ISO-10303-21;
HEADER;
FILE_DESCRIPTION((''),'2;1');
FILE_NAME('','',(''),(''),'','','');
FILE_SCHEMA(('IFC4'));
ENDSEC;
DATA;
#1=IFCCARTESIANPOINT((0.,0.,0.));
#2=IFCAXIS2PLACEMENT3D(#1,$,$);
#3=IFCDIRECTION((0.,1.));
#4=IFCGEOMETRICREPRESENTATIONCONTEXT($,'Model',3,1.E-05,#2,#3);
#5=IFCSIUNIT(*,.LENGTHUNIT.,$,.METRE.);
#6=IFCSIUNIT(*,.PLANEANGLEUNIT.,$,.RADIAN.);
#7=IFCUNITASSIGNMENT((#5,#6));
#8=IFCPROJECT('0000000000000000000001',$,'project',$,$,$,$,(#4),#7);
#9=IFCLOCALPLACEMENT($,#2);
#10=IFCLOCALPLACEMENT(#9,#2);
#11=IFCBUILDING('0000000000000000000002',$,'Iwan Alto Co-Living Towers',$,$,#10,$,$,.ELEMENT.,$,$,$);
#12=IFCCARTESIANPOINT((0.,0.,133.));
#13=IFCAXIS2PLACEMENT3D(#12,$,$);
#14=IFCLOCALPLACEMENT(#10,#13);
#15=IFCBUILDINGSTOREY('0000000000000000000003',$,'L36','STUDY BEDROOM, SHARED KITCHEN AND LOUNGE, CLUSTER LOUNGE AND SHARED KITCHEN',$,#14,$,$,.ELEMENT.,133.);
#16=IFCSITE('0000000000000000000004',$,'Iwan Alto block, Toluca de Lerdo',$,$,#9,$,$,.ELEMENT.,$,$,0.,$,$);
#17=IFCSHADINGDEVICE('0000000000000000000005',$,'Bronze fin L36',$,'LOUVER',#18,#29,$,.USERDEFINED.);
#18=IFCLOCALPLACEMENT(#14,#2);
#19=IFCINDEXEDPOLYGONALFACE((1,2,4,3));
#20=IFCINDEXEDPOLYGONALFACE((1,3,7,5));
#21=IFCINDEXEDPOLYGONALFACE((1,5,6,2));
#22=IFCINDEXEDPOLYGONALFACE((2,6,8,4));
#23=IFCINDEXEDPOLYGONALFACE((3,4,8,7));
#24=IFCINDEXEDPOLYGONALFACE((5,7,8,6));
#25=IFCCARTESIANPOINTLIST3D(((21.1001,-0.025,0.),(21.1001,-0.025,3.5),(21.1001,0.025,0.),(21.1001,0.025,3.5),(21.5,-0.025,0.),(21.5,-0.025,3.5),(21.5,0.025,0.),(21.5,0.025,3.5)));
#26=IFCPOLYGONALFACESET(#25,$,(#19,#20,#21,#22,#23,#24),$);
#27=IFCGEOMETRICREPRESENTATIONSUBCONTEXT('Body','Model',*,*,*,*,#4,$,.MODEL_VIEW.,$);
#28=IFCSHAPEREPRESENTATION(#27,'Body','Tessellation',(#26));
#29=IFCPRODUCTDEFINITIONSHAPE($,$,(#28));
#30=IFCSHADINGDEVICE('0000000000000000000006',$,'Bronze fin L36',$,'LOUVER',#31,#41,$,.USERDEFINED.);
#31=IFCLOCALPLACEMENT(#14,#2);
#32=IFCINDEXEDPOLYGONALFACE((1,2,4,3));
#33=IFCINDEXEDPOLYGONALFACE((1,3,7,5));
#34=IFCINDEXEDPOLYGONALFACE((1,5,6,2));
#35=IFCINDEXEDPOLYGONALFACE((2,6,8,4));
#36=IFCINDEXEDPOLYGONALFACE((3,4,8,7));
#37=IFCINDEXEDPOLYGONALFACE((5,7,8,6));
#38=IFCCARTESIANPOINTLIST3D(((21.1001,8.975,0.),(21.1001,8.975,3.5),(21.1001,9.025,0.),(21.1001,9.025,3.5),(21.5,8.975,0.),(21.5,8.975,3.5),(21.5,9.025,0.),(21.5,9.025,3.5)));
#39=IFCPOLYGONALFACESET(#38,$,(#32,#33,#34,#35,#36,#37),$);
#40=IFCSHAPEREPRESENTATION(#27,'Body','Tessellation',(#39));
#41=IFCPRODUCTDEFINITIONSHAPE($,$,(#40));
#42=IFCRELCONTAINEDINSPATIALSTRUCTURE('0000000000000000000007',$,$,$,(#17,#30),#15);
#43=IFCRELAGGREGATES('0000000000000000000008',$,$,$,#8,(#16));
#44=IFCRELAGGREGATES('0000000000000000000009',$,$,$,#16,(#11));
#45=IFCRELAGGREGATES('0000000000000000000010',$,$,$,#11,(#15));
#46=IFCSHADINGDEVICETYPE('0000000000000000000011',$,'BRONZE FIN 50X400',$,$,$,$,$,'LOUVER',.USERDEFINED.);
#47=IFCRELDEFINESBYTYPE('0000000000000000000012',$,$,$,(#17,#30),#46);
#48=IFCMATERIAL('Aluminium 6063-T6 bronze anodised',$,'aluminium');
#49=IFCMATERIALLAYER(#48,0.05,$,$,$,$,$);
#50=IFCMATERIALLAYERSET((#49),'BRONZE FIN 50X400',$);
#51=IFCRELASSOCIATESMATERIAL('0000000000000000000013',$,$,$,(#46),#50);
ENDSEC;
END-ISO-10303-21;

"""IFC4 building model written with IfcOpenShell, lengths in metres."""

from ifc_helpers import new_model, si_unit, direction, frame, origin, origin_2d, place, context, subcontext, project, spatial, rectangle, extrude, material, layer, layer_set, type_object, element, save


model = new_model("IFC4")

# Units and contexts
model_context = context("Model", 3, precision=1e-05, world=origin(), true_north=direction((0.0, 1.0)))
body_context = subcontext(model_context, "Body", "Model", "MODEL_VIEW")
ifc_project = project(units=[si_unit("LENGTHUNIT", "METRE"), si_unit("PLANEANGLEUNIT", "RADIAN")], contexts=[model_context])

# Site, building, storey
site_placement = place(None, origin())
site = spatial("IfcSite", under=ifc_project, at=site_placement, Name="Iwan Alto block, Toluca de Lerdo", CompositionType="ELEMENT", RefElevation=0.0)
building_placement = place(site_placement, origin())
building = spatial("IfcBuilding", under=site, at=building_placement, Name="Iwan Alto Co-Living Towers", CompositionType="ELEMENT")
storey_placement = place(building_placement, frame((0.0, 0.0, 133.0)))
storey = spatial("IfcBuildingStorey", under=building, at=storey_placement, Name="L36", Description="STUDY BEDROOM, SHARED KITCHEN AND LOUNGE, CLUSTER LOUNGE AND SHARED KITCHEN", CompositionType="ELEMENT", Elevation=133.0)

# Shading devices
ifc_material_1 = material(Name="Aluminium 6063-T6 bronze anodised", Category="aluminium")
ifc_layer_1 = layer(ifc_material_1, 0.05)
ifc_layer_set_1 = layer_set([ifc_layer_1], Name="BRONZE FIN 50X400")
shading_device_type = type_object("IfcShadingDeviceType", Name="BRONZE FIN 50X400", ElementType="LOUVER", PredefinedType="USERDEFINED", material=ifc_layer_set_1)
for number, where, z_axis, x_axis, name in (
    (1, (21.3, 0.0, 0.0), (0.0, 0.0, 1.0), (0.0, 1.0, 0.0), "Bronze fin L36"),
    (2, (21.3, 9.0, 0.0), (0.0, 0.0, 1.0), (0.0, 1.0, 0.0), "Bronze fin L36"),
):
    element("IfcShadingDevice", number, at=place(storey_placement, frame(where, z_axis=z_axis, x_axis=x_axis)), inside=storey, type_object=shading_device_type, Name=name, ObjectType="LOUVER", PredefinedType="USERDEFINED", context=body_context, shape_type="SweptSolid", body=[
        extrude(rectangle(XDim=0.05, YDim=0.3999, at=origin_2d()), origin(), (0.0, 0.0, 1.0), 3.5),
    ])

save(model, "model.ifc")
